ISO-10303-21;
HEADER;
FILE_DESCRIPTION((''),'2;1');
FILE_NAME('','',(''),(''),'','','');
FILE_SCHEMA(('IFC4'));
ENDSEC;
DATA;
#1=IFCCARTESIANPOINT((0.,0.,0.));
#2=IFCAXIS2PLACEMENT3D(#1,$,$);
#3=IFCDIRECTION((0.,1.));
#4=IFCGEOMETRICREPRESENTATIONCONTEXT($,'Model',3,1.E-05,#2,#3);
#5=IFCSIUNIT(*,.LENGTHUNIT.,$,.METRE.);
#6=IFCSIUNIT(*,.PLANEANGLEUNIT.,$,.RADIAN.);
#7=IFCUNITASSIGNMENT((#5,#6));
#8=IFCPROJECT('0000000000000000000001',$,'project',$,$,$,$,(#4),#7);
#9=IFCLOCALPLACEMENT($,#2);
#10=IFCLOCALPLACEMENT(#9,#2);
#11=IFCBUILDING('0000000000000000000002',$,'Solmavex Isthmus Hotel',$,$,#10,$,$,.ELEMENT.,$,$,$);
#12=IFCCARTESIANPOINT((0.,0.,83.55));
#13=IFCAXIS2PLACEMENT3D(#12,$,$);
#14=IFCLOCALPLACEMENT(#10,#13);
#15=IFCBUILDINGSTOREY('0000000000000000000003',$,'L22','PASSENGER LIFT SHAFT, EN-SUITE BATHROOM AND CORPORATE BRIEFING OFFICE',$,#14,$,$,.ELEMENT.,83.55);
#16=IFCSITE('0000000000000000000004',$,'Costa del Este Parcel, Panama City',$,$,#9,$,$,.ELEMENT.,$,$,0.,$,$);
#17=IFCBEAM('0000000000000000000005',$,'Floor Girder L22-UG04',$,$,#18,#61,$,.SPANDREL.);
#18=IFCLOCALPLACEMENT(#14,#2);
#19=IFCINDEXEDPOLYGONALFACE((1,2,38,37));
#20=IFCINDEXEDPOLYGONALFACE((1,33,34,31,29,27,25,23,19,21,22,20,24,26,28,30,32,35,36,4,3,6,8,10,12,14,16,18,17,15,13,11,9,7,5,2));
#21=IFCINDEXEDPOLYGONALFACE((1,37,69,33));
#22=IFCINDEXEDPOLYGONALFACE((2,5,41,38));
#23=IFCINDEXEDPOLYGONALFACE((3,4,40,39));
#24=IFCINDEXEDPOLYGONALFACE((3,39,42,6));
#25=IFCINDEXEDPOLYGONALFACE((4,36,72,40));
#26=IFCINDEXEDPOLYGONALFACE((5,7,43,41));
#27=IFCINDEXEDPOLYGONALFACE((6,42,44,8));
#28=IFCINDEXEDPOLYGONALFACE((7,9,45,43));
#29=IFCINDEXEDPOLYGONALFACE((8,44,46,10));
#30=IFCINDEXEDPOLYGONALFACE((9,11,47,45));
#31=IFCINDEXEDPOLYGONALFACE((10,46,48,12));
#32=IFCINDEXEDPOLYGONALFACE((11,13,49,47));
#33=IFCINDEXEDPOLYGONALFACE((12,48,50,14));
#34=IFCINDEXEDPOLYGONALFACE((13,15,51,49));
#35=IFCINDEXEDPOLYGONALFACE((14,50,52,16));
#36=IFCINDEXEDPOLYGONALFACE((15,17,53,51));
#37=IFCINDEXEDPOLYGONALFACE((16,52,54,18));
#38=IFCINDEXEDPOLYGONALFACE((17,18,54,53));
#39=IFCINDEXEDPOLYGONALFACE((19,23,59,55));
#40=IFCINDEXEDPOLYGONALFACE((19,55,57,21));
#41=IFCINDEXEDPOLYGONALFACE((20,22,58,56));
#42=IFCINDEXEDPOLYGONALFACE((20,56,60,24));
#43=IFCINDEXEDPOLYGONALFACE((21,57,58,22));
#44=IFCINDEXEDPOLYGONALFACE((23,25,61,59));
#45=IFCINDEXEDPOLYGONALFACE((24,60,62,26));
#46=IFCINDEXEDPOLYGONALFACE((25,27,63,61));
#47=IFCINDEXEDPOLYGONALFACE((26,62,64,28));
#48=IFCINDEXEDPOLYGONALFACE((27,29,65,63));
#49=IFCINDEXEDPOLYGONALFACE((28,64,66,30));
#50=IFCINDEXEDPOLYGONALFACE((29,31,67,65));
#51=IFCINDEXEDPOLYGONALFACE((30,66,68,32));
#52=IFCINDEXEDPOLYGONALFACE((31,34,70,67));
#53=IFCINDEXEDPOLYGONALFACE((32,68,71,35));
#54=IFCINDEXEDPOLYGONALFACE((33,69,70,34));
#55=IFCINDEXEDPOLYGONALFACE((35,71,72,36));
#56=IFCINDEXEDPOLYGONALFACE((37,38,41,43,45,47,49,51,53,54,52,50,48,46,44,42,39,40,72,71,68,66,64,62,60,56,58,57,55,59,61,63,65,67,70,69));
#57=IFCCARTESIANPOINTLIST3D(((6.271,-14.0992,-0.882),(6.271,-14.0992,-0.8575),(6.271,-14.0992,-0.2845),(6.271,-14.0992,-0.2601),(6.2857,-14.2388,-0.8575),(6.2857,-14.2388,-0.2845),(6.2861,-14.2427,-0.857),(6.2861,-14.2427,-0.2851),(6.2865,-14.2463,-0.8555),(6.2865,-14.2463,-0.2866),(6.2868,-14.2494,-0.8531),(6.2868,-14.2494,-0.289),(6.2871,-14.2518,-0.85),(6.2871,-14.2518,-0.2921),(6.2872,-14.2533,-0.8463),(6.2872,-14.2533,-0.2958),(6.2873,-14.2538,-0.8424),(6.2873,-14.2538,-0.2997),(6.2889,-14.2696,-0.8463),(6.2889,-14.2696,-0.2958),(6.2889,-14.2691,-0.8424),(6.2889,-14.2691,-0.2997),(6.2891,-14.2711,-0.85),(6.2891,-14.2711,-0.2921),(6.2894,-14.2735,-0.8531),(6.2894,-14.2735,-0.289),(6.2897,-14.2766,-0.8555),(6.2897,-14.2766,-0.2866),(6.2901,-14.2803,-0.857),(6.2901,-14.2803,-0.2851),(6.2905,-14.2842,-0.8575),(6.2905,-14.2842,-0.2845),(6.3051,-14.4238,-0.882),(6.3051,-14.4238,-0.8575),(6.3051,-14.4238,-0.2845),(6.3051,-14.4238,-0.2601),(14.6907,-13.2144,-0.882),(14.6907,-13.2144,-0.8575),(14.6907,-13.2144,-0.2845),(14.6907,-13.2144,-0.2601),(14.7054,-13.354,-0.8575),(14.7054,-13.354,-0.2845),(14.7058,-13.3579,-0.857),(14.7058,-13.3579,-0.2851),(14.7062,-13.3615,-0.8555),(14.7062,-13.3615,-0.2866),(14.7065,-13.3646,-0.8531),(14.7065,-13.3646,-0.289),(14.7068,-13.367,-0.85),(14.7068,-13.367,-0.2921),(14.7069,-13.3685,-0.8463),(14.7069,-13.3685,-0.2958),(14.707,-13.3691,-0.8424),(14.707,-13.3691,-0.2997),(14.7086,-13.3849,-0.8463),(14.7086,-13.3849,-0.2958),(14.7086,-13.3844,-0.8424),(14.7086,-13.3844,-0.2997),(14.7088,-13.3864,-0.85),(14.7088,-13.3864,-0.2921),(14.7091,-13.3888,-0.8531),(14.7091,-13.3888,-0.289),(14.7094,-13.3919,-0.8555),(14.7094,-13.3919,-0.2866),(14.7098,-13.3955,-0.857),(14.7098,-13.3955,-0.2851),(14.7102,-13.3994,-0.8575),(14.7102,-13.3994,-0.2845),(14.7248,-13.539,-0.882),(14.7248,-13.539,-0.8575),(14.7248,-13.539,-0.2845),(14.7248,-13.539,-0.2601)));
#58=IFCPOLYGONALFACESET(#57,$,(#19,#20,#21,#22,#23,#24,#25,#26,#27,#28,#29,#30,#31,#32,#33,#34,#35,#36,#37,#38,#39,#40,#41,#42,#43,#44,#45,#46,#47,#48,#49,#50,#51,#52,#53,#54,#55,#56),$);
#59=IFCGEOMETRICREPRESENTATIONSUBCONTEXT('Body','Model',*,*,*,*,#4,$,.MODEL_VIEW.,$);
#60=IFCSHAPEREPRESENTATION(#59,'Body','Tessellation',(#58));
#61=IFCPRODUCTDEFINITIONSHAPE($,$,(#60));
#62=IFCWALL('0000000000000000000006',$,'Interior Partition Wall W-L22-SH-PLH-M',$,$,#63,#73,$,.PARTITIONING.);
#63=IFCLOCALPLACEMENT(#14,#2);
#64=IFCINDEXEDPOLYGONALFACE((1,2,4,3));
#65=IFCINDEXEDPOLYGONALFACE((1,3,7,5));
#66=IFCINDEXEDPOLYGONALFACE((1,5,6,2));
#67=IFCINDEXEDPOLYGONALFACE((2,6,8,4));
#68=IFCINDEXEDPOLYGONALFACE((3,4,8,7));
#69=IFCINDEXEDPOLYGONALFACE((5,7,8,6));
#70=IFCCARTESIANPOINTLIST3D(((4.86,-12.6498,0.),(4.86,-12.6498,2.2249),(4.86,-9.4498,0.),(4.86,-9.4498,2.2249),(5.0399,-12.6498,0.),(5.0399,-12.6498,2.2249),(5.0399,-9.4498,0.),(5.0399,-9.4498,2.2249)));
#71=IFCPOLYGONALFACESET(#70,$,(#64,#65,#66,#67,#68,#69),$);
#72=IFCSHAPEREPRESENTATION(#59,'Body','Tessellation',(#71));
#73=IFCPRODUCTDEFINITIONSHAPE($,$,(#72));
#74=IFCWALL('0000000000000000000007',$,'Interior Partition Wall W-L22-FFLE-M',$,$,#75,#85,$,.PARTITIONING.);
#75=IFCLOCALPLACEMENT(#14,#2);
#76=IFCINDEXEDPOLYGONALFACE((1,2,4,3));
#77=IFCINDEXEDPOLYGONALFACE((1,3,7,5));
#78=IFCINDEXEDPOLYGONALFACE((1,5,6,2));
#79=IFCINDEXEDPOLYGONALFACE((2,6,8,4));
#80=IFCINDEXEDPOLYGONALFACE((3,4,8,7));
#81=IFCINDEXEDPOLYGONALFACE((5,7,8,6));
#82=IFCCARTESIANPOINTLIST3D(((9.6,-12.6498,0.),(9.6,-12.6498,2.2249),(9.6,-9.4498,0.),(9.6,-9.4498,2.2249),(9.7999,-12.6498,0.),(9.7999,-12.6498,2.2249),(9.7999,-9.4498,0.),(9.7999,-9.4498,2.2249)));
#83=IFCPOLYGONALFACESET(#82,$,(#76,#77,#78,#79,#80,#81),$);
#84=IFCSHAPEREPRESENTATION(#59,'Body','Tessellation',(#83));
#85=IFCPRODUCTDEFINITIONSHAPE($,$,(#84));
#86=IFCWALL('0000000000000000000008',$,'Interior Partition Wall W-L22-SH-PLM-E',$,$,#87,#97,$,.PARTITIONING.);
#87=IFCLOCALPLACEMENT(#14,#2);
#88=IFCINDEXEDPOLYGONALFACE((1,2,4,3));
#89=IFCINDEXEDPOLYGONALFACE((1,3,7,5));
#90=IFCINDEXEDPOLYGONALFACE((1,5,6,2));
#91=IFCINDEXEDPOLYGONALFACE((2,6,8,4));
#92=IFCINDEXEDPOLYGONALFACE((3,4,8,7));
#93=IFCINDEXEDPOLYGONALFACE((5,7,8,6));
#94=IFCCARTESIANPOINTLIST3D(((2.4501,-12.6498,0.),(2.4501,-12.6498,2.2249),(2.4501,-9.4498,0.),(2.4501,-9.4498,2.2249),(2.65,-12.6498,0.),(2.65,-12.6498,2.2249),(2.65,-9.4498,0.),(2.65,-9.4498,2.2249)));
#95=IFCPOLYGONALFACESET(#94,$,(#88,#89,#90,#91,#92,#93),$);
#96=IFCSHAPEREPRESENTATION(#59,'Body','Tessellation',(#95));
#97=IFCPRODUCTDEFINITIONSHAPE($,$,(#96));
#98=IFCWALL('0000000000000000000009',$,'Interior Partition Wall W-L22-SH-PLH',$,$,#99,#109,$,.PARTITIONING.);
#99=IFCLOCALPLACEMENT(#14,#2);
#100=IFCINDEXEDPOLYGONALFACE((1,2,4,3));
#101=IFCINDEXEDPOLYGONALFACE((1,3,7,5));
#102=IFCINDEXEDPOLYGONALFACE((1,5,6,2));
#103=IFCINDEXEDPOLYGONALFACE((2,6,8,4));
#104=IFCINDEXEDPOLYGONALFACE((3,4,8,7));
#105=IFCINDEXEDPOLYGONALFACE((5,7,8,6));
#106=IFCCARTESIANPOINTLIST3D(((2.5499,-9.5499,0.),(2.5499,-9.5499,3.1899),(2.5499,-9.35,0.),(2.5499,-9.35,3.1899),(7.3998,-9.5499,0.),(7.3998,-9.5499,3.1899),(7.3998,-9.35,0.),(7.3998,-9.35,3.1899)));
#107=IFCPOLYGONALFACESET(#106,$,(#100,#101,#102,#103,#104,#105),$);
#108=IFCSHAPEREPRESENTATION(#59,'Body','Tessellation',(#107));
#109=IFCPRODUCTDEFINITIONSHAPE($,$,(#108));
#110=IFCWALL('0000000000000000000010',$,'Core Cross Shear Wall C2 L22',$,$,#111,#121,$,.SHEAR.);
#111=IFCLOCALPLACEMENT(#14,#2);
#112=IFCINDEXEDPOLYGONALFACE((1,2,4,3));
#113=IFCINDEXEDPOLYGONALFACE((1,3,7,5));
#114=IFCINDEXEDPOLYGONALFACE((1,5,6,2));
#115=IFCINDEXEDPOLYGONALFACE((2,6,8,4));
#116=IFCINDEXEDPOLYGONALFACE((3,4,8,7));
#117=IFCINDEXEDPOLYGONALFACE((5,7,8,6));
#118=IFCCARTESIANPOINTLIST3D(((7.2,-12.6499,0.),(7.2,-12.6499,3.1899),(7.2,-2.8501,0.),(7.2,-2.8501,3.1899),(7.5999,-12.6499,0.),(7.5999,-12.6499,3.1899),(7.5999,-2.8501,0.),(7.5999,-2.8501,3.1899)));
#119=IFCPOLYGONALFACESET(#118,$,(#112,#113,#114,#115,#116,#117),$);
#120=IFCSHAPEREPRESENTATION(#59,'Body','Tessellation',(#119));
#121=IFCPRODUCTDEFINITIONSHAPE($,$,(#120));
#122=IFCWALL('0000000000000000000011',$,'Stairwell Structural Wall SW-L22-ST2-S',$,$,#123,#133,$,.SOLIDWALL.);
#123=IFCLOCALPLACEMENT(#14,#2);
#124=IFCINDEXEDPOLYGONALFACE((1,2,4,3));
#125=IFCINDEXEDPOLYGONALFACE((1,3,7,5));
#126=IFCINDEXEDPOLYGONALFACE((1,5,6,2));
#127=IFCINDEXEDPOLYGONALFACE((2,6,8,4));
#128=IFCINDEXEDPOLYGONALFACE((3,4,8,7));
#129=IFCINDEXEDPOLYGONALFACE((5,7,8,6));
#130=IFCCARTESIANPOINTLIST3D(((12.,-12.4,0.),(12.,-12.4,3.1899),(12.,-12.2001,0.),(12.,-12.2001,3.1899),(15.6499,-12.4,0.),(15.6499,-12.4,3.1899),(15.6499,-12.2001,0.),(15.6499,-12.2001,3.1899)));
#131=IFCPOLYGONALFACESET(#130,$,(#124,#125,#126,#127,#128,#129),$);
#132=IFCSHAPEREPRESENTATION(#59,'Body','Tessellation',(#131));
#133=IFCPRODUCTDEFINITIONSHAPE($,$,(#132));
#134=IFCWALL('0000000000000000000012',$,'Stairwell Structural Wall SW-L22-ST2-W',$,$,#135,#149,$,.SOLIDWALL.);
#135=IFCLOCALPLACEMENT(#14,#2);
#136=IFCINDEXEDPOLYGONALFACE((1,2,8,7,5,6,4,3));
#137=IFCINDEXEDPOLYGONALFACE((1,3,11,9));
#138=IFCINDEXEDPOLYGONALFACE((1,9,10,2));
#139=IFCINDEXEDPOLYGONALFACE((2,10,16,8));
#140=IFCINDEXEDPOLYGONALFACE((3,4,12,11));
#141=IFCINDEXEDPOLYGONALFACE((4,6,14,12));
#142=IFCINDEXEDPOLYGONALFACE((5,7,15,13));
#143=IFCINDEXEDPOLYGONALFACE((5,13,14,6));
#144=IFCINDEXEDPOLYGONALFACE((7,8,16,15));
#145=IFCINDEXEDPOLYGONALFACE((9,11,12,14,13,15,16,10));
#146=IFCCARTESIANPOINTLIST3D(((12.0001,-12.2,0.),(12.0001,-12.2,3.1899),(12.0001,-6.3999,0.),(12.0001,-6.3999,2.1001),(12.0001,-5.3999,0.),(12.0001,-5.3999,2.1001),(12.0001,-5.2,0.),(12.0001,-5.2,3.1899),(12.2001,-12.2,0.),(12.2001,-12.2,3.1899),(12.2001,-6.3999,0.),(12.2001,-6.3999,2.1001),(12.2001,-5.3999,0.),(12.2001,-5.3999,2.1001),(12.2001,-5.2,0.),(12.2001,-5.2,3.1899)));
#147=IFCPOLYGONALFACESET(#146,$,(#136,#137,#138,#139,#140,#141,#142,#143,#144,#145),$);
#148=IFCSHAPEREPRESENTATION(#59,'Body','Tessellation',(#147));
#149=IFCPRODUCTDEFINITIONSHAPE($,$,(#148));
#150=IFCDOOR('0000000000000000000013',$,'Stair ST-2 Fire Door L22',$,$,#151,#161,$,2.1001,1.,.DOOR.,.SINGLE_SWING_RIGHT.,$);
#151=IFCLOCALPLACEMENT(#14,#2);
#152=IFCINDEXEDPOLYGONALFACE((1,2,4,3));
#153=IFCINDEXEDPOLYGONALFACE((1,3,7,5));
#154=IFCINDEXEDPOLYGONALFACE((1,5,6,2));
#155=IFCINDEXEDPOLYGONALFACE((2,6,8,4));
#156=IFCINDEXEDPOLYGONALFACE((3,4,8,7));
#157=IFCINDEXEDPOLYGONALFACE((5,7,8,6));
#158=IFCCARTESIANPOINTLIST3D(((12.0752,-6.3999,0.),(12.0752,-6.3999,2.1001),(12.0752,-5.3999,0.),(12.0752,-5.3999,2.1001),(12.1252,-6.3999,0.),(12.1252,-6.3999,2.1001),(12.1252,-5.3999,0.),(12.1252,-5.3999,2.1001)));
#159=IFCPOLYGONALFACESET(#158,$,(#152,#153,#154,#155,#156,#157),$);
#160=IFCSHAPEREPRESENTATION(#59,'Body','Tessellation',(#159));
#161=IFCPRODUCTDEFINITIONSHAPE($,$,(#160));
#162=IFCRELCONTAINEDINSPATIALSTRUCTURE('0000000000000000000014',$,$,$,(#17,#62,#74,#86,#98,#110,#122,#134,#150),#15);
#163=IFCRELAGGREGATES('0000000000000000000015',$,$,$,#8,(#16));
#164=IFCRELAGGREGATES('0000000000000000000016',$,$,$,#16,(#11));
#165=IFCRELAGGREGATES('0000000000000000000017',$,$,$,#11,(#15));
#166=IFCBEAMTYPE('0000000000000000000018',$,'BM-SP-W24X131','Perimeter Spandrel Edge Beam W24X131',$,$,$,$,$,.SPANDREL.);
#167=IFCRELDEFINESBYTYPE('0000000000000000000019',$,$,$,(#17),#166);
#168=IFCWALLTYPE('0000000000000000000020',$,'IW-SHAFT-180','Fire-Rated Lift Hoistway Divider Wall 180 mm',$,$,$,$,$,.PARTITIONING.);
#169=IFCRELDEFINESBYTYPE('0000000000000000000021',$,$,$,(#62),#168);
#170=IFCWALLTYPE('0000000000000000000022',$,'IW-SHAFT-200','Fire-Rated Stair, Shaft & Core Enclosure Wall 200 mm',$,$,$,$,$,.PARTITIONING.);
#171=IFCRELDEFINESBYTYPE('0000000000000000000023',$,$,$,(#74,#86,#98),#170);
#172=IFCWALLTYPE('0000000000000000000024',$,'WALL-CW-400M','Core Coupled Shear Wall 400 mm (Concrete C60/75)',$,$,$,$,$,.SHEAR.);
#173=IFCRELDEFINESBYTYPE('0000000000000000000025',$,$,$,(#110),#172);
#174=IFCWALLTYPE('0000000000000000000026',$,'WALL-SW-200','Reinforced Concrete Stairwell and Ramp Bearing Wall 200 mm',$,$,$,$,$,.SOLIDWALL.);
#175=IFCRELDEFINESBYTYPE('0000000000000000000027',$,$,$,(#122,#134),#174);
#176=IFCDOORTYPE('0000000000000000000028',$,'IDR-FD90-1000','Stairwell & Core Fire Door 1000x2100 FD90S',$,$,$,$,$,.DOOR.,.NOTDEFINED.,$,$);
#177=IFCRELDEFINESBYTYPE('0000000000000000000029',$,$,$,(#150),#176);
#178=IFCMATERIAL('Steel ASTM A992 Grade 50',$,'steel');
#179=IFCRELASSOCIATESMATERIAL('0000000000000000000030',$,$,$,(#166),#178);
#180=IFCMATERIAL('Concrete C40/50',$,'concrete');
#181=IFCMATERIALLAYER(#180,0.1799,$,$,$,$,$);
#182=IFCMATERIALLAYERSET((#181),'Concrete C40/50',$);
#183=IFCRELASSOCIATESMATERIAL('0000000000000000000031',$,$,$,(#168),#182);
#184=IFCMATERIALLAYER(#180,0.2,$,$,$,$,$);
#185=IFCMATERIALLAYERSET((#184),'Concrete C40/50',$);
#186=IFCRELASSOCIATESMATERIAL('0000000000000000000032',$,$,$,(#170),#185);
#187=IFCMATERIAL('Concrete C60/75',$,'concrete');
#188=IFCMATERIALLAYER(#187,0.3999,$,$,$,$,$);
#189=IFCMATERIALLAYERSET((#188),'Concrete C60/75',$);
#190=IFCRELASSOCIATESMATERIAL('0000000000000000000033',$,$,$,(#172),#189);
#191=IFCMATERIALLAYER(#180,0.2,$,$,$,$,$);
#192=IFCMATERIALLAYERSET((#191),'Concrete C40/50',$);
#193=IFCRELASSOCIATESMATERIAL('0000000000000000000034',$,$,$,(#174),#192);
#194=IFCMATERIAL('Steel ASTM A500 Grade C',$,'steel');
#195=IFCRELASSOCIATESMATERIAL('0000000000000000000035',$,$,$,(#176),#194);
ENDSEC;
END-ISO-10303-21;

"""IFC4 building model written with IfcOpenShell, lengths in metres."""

from ifc_helpers import new_model, si_unit, direction, frame, frame_2d, origin, origin_2d, place, context, subcontext, project, spatial, rectangle, i_section, extrude, material, layer, layer_set, material_profile, profile_set, type_object, element, fill, save


model = new_model("IFC4")

# Units and contexts
model_context = context("Model", 3, precision=1e-05, world=origin(), true_north=direction((0.0, 1.0)))
body_context = subcontext(model_context, "Body", "Model", "MODEL_VIEW")
ifc_project = project(units=[si_unit("LENGTHUNIT", "METRE"), si_unit("PLANEANGLEUNIT", "RADIAN")], contexts=[model_context])

# Site, building, storey
site_placement = place(None, origin())
site = spatial("IfcSite", under=ifc_project, at=site_placement, Name="Costa del Este Parcel, Panama City", CompositionType="ELEMENT", RefElevation=0.0)
building_placement = place(site_placement, origin())
building = spatial("IfcBuilding", under=site, at=building_placement, Name="Solmavex Isthmus Hotel", CompositionType="ELEMENT")
storey_placement = place(building_placement, frame((0.0, 0.0, 83.55)))
storey = spatial("IfcBuildingStorey", under=building, at=storey_placement, Name="L22", Description="PASSENGER LIFT SHAFT, EN-SUITE BATHROOM AND CORPORATE BRIEFING OFFICE", CompositionType="ELEMENT", Elevation=83.55)

# Shared definitions
ifc_material_1 = material(Name="Concrete C60/75", Category="concrete")

# Beam
ifc_material_2 = material(Name="Steel ASTM A992 Grade 50", Category="steel")
ifc_material_profile_1 = material_profile(ifc_material_2, i_section(OverallWidth=0.3264, OverallDepth=0.6218, WebThickness=0.0154, FlangeThickness=0.0244, FilletRadius=0.0151, at=origin_2d()), Name="W24X131")
ifc_profile_set_1 = profile_set([ifc_material_profile_1], Name="Steel ASTM A992 Grade 50")
beam_type_1 = type_object("IfcBeamType", Name="BM-SP-W24X131", Description="Perimeter Spandrel Edge Beam W24X131", PredefinedType="SPANDREL", material=ifc_profile_set_1)
beam_1_placement = place(storey_placement, frame((6.2881, -14.2615, -0.571), z_axis=(0.994524, 0.104508, 0.0), x_axis=(-0.104508, 0.994524, 0.0)))
element("IfcBeam", 1, at=beam_1_placement, inside=storey, type_object=beam_type_1, Name="Floor Girder L22-UG04", PredefinedType="SPANDREL", context=body_context, shape_type="SweptSolid", body=[
    extrude(i_section(OverallWidth=0.3264, OverallDepth=0.6218, WebThickness=0.0154, FlangeThickness=0.0244, FilletRadius=0.0151, at=origin_2d()), origin(), (0.0, 0.0, 1.0), 8.4661),
])

# Walls
ifc_material_3 = material(Name="Concrete C40/50", Category="concrete")
ifc_layer_1 = layer(ifc_material_3, 0.1799)
ifc_layer_set_1 = layer_set([ifc_layer_1], Name="Concrete C40/50")
wall_type_1 = type_object("IfcWallType", Name="IW-SHAFT-180", Description="Fire-Rated Lift Hoistway Divider Wall 180 mm", PredefinedType="PARTITIONING", material=ifc_layer_set_1)
wall_1_placement = place(storey_placement, frame((4.95, -12.6499, 0.0), z_axis=(0.0, 0.0, 1.0), x_axis=(0.0, 1.0, 0.0)))
element("IfcWall", 2, at=wall_1_placement, inside=storey, type_object=wall_type_1, Name="Interior Partition Wall W-L22-SH-PLH-M", PredefinedType="PARTITIONING", context=body_context, shape_type="SweptSolid", body=[
    extrude(rectangle(XDim=3.2, YDim=0.1799, at=frame_2d((1.6001, 0.0))), origin(), (0.0, 0.0, 1.0), 2.2249),
])
ifc_layer_2 = layer(ifc_material_3, 0.2)
ifc_layer_set_2 = layer_set([ifc_layer_2], Name="Concrete C40/50")
wall_type_2 = type_object("IfcWallType", Name="IW-SHAFT-200", Description="Fire-Rated Stair, Shaft & Core Enclosure Wall 200 mm", PredefinedType="PARTITIONING", material=ifc_layer_set_2)
for number, where, z_axis, x_axis, name in (
    (3, (9.7, -12.6499, 0.0), (0.0, 0.0, 1.0), (0.0, 1.0, 0.0), "Interior Partition Wall W-L22-FFLE-M"),
    (4, (2.55, -12.6499, 0.0), (0.0, 0.0, 1.0), (0.0, 1.0, 0.0), "Interior Partition Wall W-L22-SH-PLM-E"),
):
    element("IfcWall", number, at=place(storey_placement, frame(where, z_axis=z_axis, x_axis=x_axis)), inside=storey, type_object=wall_type_2, Name=name, PredefinedType="PARTITIONING", context=body_context, shape_type="SweptSolid", body=[
        extrude(rectangle(XDim=3.2, YDim=0.2, at=frame_2d((1.6001, 0.0))), origin(), (0.0, 0.0, 1.0), 2.2249),
    ])
wall_2_placement = place(storey_placement, frame((2.55, -9.45, 0.0), z_axis=(0.0, 0.0, 1.0), x_axis=(1.0, 0.0, 0.0)))
element("IfcWall", 5, at=wall_2_placement, inside=storey, type_object=wall_type_2, Name="Interior Partition Wall W-L22-SH-PLH", PredefinedType="PARTITIONING", context=body_context, shape_type="SweptSolid", body=[
    extrude(rectangle(XDim=4.8499, YDim=0.2, at=frame_2d((2.4248, 0.0))), origin(), (0.0, 0.0, 1.0), 3.1899),
])
ifc_layer_3 = layer(ifc_material_1, 0.3999)
ifc_layer_set_3 = layer_set([ifc_layer_3], Name="Concrete C60/75")
wall_type_3 = type_object("IfcWallType", Name="WALL-CW-400M", Description="Core Coupled Shear Wall 400 mm (Concrete C60/75)", PredefinedType="SHEAR", material=ifc_layer_set_3)
wall_3_placement = place(storey_placement, frame((7.3999, -12.6499, 0.0), z_axis=(0.0, 0.0, 1.0), x_axis=(0.0, 1.0, 0.0)))
element("IfcWall", 6, at=wall_3_placement, inside=storey, type_object=wall_type_3, Name="Core Cross Shear Wall C2 L22", PredefinedType="SHEAR", context=body_context, shape_type="SweptSolid", body=[
    extrude(rectangle(XDim=9.7998, YDim=0.3999, at=frame_2d((4.8999, 0.0))), origin(), (0.0, 0.0, 1.0), 3.1899),
])
ifc_layer_4 = layer(ifc_material_3, 0.2)
ifc_layer_set_4 = layer_set([ifc_layer_4], Name="Concrete C40/50")
wall_type_4 = type_object("IfcWallType", Name="WALL-SW-200", Description="Reinforced Concrete Stairwell and Ramp Bearing Wall 200 mm", PredefinedType="SOLIDWALL", material=ifc_layer_set_4)
wall_4_placement = place(storey_placement, frame((12.0, -12.3, 0.0), z_axis=(0.0, 0.0, 1.0), x_axis=(1.0, 0.0, 0.0)))
element("IfcWall", 7, at=wall_4_placement, inside=storey, type_object=wall_type_4, Name="Stairwell Structural Wall SW-L22-ST2-S", PredefinedType="SOLIDWALL", context=body_context, shape_type="SweptSolid", body=[
    extrude(rectangle(XDim=3.6499, YDim=0.2, at=frame_2d((1.825, 0.0))), origin(), (0.0, 0.0, 1.0), 3.1899),
])

# Wall, opening, door
wall_5_placement = place(storey_placement, frame((12.1001, -12.2, 0.0), z_axis=(0.0, 0.0, 1.0), x_axis=(0.0, 1.0, 0.0)))
wall_5 = element("IfcWall", 8, at=wall_5_placement, inside=storey, type_object=wall_type_4, Name="Stairwell Structural Wall SW-L22-ST2-W", PredefinedType="SOLIDWALL", context=body_context, shape_type="SweptSolid", body=[
    extrude(rectangle(XDim=7.0, YDim=0.2, at=frame_2d((3.5, 0.0))), origin(), (0.0, 0.0, 1.0), 3.1899),
])
opening_1_placement = place(wall_5_placement, frame((5.8, 0.0, 0.0)))
opening_1 = element("IfcOpeningElement", 9, at=opening_1_placement, cuts=wall_5, PredefinedType="OPENING", context=body_context, shape_type="SweptSolid", body=[
    extrude(rectangle(XDim=1.0, YDim=2.1001, at=frame_2d((0.5, 1.05))), frame((0.0, 0.1099, 0.0), z_axis=(0.0, -1.0, 0.0), x_axis=(1.0, 0.0, 0.0)), (0.0, 0.0, 1.0), 0.22),
])
ifc_material_4 = material(Name="Steel ASTM A500 Grade C", Category="steel")
door_type_1 = type_object("IfcDoorType", Name="IDR-FD90-1000", Description="Stairwell & Core Fire Door 1000x2100 FD90S", OperationType="NOTDEFINED", PredefinedType="DOOR", material=ifc_material_4)
door_1_placement = place(opening_1_placement, origin())
door_1 = element("IfcDoor", 10, at=door_1_placement, inside=storey, type_object=door_type_1, Name="Stair ST-2 Fire Door L22", OperationType="SINGLE_SWING_RIGHT", OverallHeight=2.1001, OverallWidth=1.0, PredefinedType="DOOR", context=body_context, shape_type="SweptSolid", body=[
    extrude(rectangle(XDim=1.0, YDim=2.1001, at=frame_2d((0.5, 1.05))), frame((0.0, 0.0249, 0.0), z_axis=(0.0, -1.0, 0.0), x_axis=(1.0, 0.0, 0.0)), (0.0, 0.0, 1.0), 0.05),
])
fill(opening_1, door_1)

save(model, "model.ifc")
